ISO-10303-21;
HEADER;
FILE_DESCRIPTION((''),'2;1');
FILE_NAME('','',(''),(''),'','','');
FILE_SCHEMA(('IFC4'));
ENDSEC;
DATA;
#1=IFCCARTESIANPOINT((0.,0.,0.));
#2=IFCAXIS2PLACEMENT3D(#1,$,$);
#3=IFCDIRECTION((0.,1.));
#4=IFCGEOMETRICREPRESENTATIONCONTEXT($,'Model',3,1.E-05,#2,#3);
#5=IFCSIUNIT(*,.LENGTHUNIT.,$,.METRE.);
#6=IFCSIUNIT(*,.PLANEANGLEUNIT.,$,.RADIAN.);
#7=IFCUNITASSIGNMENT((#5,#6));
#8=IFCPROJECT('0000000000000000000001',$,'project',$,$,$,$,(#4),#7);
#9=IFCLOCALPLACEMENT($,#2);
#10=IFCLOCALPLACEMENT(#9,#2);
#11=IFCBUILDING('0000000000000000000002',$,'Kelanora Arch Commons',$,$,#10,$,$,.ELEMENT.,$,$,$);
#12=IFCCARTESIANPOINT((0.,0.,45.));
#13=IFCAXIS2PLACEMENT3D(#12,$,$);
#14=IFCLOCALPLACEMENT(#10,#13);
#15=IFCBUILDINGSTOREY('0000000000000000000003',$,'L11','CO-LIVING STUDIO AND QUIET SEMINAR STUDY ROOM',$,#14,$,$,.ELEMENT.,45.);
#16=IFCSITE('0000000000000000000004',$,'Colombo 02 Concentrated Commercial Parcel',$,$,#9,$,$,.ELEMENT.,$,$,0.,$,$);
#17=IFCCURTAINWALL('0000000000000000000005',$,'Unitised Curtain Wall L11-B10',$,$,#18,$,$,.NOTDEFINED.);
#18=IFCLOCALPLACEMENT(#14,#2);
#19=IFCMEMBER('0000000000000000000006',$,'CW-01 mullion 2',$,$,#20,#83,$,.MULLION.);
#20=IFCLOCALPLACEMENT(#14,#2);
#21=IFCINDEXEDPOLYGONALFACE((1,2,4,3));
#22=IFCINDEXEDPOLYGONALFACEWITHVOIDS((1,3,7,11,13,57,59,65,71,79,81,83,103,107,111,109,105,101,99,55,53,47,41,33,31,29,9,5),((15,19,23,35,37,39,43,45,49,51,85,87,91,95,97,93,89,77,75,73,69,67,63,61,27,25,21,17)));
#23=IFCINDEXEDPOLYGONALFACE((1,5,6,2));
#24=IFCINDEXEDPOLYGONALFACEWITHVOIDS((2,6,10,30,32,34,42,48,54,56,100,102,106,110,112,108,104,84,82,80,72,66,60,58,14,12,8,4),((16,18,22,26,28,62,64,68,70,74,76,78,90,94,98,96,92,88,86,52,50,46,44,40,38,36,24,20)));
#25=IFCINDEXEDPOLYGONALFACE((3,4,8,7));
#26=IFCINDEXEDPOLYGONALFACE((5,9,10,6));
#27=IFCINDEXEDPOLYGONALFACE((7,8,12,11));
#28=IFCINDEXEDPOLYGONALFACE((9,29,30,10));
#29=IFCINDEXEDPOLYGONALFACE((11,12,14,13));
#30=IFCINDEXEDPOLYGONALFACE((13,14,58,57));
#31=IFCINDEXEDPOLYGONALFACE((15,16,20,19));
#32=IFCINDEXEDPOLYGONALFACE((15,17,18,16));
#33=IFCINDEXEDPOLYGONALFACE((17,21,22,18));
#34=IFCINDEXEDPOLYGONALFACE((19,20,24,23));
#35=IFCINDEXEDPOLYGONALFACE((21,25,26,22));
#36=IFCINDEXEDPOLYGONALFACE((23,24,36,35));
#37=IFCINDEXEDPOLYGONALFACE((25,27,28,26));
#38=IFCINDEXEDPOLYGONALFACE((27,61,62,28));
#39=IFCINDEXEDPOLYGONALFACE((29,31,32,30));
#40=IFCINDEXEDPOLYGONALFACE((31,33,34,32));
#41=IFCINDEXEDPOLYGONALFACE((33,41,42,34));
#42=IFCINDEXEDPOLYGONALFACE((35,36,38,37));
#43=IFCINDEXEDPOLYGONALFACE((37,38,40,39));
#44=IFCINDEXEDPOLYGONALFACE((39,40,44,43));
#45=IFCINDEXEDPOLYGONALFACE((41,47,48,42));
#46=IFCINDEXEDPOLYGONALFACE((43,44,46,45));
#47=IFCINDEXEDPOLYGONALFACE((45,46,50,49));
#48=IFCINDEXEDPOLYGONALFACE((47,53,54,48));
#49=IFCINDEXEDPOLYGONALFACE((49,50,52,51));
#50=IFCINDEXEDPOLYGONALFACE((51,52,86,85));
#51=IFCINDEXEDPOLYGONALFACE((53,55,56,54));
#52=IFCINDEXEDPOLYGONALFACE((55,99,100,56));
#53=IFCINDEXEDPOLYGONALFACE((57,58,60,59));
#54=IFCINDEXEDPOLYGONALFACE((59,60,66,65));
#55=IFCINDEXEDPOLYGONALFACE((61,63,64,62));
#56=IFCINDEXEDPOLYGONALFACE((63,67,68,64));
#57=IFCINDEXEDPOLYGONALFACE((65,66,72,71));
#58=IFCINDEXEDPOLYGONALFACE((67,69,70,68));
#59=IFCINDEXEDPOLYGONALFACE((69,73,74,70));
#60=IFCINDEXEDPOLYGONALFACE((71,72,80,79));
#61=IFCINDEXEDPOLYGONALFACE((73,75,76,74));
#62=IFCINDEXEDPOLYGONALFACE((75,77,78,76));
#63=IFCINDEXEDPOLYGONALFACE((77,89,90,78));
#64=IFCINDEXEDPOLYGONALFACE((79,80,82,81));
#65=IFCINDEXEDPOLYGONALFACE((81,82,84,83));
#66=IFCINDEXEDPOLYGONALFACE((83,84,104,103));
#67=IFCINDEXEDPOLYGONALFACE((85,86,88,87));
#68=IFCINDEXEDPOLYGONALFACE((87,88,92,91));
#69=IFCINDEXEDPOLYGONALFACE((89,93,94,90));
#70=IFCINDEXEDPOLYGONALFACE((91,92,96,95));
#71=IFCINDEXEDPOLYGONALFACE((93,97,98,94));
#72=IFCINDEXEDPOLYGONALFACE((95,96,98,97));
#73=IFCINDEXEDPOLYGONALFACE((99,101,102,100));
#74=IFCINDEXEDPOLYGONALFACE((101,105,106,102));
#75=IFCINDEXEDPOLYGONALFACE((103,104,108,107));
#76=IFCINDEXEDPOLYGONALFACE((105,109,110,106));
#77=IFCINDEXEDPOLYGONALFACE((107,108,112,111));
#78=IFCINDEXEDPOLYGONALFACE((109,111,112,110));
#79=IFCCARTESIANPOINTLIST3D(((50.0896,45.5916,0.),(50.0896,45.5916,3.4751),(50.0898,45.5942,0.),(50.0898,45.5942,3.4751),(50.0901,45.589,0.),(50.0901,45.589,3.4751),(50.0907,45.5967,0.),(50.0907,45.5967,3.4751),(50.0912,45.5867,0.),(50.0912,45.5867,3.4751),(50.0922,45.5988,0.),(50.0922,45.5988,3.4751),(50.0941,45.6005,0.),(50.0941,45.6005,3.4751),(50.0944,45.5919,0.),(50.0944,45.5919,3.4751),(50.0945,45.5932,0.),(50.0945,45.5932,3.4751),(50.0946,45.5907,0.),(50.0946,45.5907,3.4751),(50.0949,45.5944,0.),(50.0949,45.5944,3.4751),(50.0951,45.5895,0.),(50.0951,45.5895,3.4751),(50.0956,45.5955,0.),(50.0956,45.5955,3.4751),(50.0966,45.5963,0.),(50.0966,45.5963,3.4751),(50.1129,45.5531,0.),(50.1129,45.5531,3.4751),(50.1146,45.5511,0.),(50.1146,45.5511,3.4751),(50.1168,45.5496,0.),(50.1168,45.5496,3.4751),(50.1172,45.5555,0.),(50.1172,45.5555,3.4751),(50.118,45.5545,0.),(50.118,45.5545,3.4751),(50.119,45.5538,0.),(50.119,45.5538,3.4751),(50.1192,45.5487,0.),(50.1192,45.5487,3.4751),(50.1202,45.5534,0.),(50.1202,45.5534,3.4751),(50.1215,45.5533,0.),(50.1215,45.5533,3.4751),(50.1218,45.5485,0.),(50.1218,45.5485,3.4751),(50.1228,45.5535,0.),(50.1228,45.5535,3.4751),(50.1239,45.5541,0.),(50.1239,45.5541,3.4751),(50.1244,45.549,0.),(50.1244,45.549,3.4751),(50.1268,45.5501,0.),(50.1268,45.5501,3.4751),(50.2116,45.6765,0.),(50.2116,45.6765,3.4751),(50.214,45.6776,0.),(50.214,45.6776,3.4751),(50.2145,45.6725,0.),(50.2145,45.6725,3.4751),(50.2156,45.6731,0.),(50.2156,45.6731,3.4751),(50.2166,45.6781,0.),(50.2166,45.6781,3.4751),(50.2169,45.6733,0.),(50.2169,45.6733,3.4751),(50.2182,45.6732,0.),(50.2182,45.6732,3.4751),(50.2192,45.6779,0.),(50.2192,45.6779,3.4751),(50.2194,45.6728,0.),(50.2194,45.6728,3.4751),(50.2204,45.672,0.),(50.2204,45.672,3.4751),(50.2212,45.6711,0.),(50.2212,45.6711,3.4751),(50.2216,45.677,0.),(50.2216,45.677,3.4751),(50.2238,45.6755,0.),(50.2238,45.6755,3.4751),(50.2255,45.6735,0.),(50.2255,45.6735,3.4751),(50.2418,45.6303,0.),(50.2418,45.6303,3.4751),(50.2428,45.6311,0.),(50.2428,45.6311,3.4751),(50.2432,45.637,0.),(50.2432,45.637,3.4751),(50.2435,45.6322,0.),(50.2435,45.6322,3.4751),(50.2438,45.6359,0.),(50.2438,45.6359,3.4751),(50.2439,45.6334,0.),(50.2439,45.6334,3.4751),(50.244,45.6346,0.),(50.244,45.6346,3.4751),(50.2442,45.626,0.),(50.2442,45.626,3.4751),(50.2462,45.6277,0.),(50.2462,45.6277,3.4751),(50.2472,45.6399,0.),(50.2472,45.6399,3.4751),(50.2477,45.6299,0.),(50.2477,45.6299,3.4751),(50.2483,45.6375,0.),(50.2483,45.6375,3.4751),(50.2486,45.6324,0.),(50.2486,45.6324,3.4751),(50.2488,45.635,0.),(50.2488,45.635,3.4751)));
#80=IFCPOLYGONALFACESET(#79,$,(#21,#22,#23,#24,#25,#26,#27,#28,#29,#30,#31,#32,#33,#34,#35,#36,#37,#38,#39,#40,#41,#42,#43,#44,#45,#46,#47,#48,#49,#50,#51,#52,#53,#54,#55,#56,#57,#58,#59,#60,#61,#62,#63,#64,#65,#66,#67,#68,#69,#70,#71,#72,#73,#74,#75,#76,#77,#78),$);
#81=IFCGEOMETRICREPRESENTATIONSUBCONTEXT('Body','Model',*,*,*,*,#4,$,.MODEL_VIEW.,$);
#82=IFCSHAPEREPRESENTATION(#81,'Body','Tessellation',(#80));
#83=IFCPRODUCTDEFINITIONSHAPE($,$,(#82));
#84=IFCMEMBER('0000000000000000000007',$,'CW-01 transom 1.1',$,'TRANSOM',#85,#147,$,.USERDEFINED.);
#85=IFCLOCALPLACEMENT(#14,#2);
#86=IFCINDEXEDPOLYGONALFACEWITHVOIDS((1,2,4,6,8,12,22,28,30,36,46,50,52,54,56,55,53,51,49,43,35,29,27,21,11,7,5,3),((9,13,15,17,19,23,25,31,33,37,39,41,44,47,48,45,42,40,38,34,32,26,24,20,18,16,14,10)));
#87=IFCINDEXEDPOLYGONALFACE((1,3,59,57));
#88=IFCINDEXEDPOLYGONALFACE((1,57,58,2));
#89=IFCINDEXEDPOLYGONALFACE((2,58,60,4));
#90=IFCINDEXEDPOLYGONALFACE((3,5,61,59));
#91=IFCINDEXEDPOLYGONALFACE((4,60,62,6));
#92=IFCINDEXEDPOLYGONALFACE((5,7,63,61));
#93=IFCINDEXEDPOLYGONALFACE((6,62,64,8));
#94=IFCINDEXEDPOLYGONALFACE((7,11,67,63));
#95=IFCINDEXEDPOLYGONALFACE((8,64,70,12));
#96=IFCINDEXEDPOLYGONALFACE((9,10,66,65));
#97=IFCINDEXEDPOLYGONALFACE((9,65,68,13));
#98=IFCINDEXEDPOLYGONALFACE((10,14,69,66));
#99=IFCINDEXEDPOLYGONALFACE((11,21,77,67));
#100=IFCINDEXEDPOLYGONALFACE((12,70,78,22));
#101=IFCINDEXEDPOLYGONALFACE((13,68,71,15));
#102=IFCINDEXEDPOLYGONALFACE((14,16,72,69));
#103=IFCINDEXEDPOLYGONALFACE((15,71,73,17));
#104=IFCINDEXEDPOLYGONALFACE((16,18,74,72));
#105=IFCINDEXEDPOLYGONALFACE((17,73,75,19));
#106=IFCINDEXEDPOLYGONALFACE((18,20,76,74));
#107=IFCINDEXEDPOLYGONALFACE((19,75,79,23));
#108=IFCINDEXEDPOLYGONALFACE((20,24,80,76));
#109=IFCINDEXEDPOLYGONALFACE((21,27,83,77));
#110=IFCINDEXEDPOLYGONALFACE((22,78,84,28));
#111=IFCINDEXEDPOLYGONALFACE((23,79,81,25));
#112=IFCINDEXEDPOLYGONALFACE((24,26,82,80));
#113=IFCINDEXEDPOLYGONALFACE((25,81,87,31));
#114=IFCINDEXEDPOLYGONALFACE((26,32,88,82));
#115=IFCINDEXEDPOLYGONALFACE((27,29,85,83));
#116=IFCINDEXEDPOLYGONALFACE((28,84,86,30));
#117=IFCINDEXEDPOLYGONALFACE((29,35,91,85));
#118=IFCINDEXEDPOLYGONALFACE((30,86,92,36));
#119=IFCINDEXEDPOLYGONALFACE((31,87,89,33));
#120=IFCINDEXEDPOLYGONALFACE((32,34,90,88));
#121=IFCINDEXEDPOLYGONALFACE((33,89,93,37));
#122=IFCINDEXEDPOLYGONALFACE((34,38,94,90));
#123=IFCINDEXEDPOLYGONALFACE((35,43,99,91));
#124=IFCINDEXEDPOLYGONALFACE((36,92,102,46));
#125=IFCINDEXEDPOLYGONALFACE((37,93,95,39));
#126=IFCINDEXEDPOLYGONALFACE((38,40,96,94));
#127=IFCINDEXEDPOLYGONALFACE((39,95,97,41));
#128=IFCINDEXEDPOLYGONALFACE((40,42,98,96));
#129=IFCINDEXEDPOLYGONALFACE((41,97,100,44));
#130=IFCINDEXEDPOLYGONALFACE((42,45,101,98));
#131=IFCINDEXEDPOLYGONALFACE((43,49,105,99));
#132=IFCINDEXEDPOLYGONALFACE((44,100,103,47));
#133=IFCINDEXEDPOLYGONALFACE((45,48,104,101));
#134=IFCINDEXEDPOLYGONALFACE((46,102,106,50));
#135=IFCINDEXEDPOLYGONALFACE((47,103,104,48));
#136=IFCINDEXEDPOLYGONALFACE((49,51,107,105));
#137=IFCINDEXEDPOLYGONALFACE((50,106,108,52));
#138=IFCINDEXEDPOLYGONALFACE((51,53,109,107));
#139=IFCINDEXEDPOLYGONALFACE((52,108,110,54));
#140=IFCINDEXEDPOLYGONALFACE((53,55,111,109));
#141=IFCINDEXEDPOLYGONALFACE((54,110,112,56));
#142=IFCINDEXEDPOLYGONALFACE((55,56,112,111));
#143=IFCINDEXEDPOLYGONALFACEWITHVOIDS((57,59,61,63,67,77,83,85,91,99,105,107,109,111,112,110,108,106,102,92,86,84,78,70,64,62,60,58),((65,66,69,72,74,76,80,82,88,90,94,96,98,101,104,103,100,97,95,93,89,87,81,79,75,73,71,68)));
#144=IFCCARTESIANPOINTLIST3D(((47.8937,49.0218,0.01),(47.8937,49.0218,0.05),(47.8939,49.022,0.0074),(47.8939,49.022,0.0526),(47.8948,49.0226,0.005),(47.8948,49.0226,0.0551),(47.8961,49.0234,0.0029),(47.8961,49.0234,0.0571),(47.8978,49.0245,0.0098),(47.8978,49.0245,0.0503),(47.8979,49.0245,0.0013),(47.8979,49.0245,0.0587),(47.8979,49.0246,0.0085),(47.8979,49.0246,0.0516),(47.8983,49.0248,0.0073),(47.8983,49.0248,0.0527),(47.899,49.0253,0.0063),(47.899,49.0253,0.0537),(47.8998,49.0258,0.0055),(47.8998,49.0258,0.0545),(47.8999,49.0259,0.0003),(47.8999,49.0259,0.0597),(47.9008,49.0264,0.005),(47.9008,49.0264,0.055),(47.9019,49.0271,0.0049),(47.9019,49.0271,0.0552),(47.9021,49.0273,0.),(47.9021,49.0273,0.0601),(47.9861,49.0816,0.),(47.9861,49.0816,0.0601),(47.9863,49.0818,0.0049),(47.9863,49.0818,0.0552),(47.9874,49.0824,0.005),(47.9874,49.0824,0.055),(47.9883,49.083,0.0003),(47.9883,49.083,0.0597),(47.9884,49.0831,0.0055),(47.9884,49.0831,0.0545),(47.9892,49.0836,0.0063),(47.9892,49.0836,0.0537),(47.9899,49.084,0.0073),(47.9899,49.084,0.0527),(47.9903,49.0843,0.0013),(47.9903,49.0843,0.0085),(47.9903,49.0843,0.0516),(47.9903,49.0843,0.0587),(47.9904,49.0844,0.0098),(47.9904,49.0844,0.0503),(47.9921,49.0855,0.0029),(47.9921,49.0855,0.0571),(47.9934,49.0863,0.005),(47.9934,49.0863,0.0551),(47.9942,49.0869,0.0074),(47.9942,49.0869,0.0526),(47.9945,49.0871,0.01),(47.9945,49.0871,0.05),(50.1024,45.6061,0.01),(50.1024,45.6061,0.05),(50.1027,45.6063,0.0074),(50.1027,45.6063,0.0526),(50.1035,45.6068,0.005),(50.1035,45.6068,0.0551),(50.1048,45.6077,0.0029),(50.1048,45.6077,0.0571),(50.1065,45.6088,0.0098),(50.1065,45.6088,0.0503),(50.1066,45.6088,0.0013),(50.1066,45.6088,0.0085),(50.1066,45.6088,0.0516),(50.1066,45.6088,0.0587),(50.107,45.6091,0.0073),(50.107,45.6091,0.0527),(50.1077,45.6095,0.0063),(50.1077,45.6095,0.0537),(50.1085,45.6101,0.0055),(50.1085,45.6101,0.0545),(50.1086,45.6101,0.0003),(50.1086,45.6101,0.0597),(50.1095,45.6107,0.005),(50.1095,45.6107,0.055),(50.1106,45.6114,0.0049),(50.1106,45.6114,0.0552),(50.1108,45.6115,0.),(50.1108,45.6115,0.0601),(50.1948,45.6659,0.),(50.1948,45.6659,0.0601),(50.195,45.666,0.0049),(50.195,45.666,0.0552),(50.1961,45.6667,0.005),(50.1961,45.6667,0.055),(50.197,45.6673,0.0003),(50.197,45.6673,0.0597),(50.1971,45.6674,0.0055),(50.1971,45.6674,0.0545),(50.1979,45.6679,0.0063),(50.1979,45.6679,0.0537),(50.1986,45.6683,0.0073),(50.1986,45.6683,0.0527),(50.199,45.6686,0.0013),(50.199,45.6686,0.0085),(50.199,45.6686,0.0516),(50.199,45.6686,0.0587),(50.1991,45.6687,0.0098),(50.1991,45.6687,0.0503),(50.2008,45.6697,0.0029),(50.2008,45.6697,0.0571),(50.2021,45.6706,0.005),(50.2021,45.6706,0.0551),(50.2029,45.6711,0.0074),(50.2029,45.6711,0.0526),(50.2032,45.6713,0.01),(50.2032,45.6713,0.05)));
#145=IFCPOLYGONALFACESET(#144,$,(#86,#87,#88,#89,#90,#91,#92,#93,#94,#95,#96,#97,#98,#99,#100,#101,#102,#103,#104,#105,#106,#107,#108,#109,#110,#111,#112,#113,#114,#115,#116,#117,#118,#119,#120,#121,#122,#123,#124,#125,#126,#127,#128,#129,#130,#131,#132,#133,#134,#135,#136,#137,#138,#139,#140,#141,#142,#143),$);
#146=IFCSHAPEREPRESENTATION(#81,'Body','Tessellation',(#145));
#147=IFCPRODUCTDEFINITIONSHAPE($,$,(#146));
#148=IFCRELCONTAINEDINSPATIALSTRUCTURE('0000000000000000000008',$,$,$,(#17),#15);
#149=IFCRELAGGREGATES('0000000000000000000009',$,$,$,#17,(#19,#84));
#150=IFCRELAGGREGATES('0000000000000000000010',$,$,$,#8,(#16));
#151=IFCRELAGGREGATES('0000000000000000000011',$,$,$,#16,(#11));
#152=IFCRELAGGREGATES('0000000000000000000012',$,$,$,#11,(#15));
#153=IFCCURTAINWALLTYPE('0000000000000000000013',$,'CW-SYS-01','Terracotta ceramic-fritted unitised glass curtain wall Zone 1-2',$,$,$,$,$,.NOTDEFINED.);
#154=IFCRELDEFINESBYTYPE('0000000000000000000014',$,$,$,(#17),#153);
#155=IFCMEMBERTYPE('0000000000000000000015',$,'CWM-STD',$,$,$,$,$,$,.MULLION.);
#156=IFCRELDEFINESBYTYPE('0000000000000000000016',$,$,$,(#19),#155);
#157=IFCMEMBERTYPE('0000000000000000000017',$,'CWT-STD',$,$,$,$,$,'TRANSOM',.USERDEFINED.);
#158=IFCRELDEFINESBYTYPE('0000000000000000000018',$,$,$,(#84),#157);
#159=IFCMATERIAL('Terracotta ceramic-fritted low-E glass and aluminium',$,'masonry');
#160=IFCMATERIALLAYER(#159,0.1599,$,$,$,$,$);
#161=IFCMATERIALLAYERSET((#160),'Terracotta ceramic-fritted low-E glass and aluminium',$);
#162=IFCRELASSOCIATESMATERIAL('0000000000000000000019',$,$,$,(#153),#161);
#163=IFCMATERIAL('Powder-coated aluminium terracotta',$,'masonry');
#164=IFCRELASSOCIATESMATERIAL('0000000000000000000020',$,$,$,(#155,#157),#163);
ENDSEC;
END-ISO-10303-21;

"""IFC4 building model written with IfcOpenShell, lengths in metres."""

from ifc_helpers import new_model, si_unit, direction, frame, origin, origin_2d, place, context, subcontext, project, spatial, hollow_rectangle, extrude, material, layer, layer_set, material_profile, profile_set, type_object, element, aggregate, save


model = new_model("IFC4")

# Units and contexts
model_context = context("Model", 3, precision=1e-05, world=origin(), true_north=direction((0.0, 1.0)))
body_context = subcontext(model_context, "Body", "Model", "MODEL_VIEW")
ifc_project = project(units=[si_unit("LENGTHUNIT", "METRE"), si_unit("PLANEANGLEUNIT", "RADIAN")], contexts=[model_context])

# Site, building, storey
site_placement = place(None, origin())
site = spatial("IfcSite", under=ifc_project, at=site_placement, Name="Colombo 02 Concentrated Commercial Parcel", CompositionType="ELEMENT", RefElevation=0.0)
building_placement = place(site_placement, origin())
building = spatial("IfcBuilding", under=site, at=building_placement, Name="Kelanora Arch Commons", CompositionType="ELEMENT")
storey_placement = place(building_placement, frame((0.0, 0.0, 45.0)))
storey = spatial("IfcBuildingStorey", under=building, at=storey_placement, Name="L11", Description="CO-LIVING STUDIO AND QUIET SEMINAR STUDY ROOM", CompositionType="ELEMENT", Elevation=45.0)

# Shared definitions
ifc_material_1 = material(Name="Terracotta ceramic-fritted low-E glass and aluminium", Category="masonry")
ifc_layer_1 = layer(ifc_material_1, 0.1599)
ifc_layer_set_1 = layer_set([ifc_layer_1], Name="Terracotta ceramic-fritted low-E glass and aluminium")
curtain_wall_type = type_object("IfcCurtainWallType", Name="CW-SYS-01", Description="Terracotta ceramic-fritted unitised glass curtain wall Zone 1-2", PredefinedType="NOTDEFINED", material=ifc_layer_set_1)
ifc_material_2 = material(Name="Powder-coated aluminium terracotta", Category="masonry")
ifc_material_profile_1 = material_profile(ifc_material_2, hollow_rectangle(XDim=0.1599, YDim=0.0601, WallThickness=0.0049, InnerFilletRadius=0.0049, OuterFilletRadius=0.01, at=origin_2d()), Name="CWM160x60")
ifc_profile_set_1 = profile_set([ifc_material_profile_1], Name="Powder-coated aluminium terracotta")
member_type_1 = type_object("IfcMemberType", Name="CWM-STD", PredefinedType="MULLION", material=ifc_profile_set_1)

# Curtain wall, members
curtain_wall_1_placement = place(storey_placement, origin())
curtain_wall_1 = element("IfcCurtainWall", 1, at=curtain_wall_1_placement, inside=storey, type_object=curtain_wall_type, Name="Unitised Curtain Wall L11-B10", PredefinedType="NOTDEFINED")
member_1_placement = place(storey_placement, frame((50.1692, 45.6133, 0.0), z_axis=(0.0, 0.0, 1.0), x_axis=(0.83973, 0.543004, 0.0)))
member_1 = element("IfcMember", 2, at=member_1_placement, type_object=member_type_1, Name="CW-01 mullion 2", PredefinedType="MULLION", context=body_context, shape_type="SweptSolid", body=[
    extrude(hollow_rectangle(XDim=0.1599, YDim=0.0601, WallThickness=0.0049, InnerFilletRadius=0.0049, OuterFilletRadius=0.01, at=origin_2d()), origin(), (0.0, 0.0, 1.0), 3.4751),
])
ifc_material_profile_2 = material_profile(ifc_material_2, hollow_rectangle(XDim=0.1201, YDim=0.0601, WallThickness=0.0049, InnerFilletRadius=0.0049, OuterFilletRadius=0.01, at=origin_2d()), Name="CWT120x60")
ifc_profile_set_2 = profile_set([ifc_material_profile_2], Name="Powder-coated aluminium terracotta")
member_type_2 = type_object("IfcMemberType", Name="CWT-STD", ElementType="TRANSOM", PredefinedType="USERDEFINED", material=ifc_profile_set_2)
member_2_placement = place(storey_placement, frame((47.9441, 49.0544, 0.03), z_axis=(0.542997, -0.839734, 0.0), x_axis=(0.839734, 0.542997, 0.0)))
member_2 = element("IfcMember", 3, at=member_2_placement, type_object=member_type_2, Name="CW-01 transom 1.1", ObjectType="TRANSOM", PredefinedType="USERDEFINED", context=body_context, shape_type="SweptSolid", body=[
    extrude(hollow_rectangle(XDim=0.1201, YDim=0.0601, WallThickness=0.0049, InnerFilletRadius=0.0049, OuterFilletRadius=0.01, at=origin_2d()), origin(), (0.0, 0.0, 1.0), 4.0676),
])

aggregate(curtain_wall_1, [member_1, member_2])

save(model, "model.ifc")
